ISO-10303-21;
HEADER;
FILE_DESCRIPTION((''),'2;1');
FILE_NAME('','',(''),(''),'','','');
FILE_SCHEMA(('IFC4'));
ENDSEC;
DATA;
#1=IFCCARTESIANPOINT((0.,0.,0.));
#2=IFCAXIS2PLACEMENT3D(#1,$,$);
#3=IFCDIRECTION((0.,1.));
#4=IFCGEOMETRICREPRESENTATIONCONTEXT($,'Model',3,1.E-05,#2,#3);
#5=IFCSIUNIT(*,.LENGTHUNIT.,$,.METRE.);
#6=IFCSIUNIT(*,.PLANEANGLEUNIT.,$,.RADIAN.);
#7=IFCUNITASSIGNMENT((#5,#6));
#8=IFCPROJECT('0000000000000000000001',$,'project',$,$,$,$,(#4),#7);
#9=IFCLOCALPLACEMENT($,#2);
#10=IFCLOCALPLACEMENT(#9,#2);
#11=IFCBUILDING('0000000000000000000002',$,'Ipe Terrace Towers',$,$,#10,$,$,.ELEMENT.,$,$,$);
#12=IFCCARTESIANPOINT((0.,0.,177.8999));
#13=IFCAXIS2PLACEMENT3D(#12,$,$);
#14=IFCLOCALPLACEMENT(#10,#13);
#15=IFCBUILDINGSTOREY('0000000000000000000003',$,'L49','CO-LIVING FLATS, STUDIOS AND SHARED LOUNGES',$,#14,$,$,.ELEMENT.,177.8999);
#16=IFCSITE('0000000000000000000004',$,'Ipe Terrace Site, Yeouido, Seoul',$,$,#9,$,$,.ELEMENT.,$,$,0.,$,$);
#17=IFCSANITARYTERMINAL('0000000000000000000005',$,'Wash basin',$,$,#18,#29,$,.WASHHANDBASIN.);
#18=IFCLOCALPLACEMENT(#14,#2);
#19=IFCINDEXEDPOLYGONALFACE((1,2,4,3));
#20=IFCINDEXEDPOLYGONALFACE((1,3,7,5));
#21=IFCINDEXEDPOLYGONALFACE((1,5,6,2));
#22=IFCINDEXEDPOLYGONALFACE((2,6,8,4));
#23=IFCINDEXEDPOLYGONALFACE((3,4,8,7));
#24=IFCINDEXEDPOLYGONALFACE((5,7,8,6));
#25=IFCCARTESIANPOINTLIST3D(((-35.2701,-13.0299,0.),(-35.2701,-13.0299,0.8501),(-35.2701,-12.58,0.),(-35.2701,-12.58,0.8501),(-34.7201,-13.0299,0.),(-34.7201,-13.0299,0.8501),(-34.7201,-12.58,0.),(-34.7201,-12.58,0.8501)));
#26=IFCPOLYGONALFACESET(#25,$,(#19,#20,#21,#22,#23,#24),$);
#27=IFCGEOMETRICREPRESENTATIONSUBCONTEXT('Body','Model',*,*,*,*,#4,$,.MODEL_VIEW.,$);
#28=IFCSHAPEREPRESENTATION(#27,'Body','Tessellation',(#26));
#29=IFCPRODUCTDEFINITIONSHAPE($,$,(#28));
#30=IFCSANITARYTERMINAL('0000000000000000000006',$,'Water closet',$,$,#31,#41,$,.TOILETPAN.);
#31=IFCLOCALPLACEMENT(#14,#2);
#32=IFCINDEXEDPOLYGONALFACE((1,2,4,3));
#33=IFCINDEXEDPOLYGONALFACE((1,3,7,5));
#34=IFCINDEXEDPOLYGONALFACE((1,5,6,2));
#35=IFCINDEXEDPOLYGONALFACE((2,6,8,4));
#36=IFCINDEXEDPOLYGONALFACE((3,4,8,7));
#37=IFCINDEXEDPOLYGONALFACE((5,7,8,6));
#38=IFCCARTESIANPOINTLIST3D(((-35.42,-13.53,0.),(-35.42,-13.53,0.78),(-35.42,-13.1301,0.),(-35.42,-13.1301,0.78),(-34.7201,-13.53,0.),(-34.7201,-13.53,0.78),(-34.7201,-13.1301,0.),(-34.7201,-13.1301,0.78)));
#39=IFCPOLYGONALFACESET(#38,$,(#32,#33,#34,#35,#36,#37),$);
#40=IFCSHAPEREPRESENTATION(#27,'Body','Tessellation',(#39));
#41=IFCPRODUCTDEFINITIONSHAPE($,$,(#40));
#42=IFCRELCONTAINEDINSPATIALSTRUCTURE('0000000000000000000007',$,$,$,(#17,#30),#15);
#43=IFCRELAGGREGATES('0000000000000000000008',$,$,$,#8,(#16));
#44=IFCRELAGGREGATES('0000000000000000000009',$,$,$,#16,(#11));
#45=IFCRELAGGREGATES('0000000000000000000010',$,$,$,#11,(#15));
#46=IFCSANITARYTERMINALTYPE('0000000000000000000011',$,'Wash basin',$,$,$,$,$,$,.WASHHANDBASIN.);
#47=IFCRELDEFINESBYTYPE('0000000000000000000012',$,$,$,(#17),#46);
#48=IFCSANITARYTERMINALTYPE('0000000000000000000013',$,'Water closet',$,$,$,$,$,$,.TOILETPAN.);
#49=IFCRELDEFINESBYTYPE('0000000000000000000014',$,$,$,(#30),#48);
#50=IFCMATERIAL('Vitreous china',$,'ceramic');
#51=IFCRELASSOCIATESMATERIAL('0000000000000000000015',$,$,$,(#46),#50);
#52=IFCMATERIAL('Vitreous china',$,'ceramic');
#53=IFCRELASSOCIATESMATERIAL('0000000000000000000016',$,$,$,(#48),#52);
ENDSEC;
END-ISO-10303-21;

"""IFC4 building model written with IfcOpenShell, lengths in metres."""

from ifc_helpers import new_model, si_unit, direction, frame, origin, origin_2d, place, context, subcontext, project, spatial, rectangle, extrude, material, type_object, element, save


model = new_model("IFC4")

# Units and contexts
model_context = context("Model", 3, precision=1e-05, world=origin(), true_north=direction((0.0, 1.0)))
body_context = subcontext(model_context, "Body", "Model", "MODEL_VIEW")
ifc_project = project(units=[si_unit("LENGTHUNIT", "METRE"), si_unit("PLANEANGLEUNIT", "RADIAN")], contexts=[model_context])

# Site, building, storey
site_placement = place(None, origin())
site = spatial("IfcSite", under=ifc_project, at=site_placement, Name="Ipe Terrace Site, Yeouido, Seoul", CompositionType="ELEMENT", RefElevation=0.0)
building_placement = place(site_placement, origin())
building = spatial("IfcBuilding", under=site, at=building_placement, Name="Ipe Terrace Towers", CompositionType="ELEMENT")
storey_placement = place(building_placement, frame((0.0, 0.0, 177.8999)))
storey = spatial("IfcBuildingStorey", under=building, at=storey_placement, Name="L49", Description="CO-LIVING FLATS, STUDIOS AND SHARED LOUNGES", CompositionType="ELEMENT", Elevation=177.8999)

# Sanitary terminals
ifc_material_1 = material(Name="Vitreous china", Category="ceramic")
sanitary_terminal_type_1 = type_object("IfcSanitaryTerminalType", Name="Wash basin", PredefinedType="WASHHANDBASIN", material=ifc_material_1)
sanitary_terminal_1_placement = place(storey_placement, frame((-34.9951, -12.8049, 0.0), z_axis=(0.0, 0.0, 1.0), x_axis=(-1.0, 0.0, 0.0)))
element("IfcSanitaryTerminal", 1, at=sanitary_terminal_1_placement, inside=storey, type_object=sanitary_terminal_type_1, Name="Wash basin", PredefinedType="WASHHANDBASIN", context=body_context, shape_type="SweptSolid", body=[
    extrude(rectangle(XDim=0.55, YDim=0.45, at=origin_2d()), origin(), (0.0, 0.0, 1.0), 0.8501),
])
ifc_material_2 = material(Name="Vitreous china", Category="ceramic")
sanitary_terminal_type_2 = type_object("IfcSanitaryTerminalType", Name="Water closet", PredefinedType="TOILETPAN", material=ifc_material_2)
sanitary_terminal_2_placement = place(storey_placement, frame((-35.0701, -13.3301, 0.0), z_axis=(0.0, 0.0, 1.0), x_axis=(-1.0, 0.0, 0.0)))
element("IfcSanitaryTerminal", 2, at=sanitary_terminal_2_placement, inside=storey, type_object=sanitary_terminal_type_2, Name="Water closet", PredefinedType="TOILETPAN", context=body_context, shape_type="SweptSolid", body=[
    extrude(rectangle(XDim=0.7, YDim=0.3999, at=origin_2d()), origin(), (0.0, 0.0, 1.0), 0.78),
])

save(model, "model.ifc")
